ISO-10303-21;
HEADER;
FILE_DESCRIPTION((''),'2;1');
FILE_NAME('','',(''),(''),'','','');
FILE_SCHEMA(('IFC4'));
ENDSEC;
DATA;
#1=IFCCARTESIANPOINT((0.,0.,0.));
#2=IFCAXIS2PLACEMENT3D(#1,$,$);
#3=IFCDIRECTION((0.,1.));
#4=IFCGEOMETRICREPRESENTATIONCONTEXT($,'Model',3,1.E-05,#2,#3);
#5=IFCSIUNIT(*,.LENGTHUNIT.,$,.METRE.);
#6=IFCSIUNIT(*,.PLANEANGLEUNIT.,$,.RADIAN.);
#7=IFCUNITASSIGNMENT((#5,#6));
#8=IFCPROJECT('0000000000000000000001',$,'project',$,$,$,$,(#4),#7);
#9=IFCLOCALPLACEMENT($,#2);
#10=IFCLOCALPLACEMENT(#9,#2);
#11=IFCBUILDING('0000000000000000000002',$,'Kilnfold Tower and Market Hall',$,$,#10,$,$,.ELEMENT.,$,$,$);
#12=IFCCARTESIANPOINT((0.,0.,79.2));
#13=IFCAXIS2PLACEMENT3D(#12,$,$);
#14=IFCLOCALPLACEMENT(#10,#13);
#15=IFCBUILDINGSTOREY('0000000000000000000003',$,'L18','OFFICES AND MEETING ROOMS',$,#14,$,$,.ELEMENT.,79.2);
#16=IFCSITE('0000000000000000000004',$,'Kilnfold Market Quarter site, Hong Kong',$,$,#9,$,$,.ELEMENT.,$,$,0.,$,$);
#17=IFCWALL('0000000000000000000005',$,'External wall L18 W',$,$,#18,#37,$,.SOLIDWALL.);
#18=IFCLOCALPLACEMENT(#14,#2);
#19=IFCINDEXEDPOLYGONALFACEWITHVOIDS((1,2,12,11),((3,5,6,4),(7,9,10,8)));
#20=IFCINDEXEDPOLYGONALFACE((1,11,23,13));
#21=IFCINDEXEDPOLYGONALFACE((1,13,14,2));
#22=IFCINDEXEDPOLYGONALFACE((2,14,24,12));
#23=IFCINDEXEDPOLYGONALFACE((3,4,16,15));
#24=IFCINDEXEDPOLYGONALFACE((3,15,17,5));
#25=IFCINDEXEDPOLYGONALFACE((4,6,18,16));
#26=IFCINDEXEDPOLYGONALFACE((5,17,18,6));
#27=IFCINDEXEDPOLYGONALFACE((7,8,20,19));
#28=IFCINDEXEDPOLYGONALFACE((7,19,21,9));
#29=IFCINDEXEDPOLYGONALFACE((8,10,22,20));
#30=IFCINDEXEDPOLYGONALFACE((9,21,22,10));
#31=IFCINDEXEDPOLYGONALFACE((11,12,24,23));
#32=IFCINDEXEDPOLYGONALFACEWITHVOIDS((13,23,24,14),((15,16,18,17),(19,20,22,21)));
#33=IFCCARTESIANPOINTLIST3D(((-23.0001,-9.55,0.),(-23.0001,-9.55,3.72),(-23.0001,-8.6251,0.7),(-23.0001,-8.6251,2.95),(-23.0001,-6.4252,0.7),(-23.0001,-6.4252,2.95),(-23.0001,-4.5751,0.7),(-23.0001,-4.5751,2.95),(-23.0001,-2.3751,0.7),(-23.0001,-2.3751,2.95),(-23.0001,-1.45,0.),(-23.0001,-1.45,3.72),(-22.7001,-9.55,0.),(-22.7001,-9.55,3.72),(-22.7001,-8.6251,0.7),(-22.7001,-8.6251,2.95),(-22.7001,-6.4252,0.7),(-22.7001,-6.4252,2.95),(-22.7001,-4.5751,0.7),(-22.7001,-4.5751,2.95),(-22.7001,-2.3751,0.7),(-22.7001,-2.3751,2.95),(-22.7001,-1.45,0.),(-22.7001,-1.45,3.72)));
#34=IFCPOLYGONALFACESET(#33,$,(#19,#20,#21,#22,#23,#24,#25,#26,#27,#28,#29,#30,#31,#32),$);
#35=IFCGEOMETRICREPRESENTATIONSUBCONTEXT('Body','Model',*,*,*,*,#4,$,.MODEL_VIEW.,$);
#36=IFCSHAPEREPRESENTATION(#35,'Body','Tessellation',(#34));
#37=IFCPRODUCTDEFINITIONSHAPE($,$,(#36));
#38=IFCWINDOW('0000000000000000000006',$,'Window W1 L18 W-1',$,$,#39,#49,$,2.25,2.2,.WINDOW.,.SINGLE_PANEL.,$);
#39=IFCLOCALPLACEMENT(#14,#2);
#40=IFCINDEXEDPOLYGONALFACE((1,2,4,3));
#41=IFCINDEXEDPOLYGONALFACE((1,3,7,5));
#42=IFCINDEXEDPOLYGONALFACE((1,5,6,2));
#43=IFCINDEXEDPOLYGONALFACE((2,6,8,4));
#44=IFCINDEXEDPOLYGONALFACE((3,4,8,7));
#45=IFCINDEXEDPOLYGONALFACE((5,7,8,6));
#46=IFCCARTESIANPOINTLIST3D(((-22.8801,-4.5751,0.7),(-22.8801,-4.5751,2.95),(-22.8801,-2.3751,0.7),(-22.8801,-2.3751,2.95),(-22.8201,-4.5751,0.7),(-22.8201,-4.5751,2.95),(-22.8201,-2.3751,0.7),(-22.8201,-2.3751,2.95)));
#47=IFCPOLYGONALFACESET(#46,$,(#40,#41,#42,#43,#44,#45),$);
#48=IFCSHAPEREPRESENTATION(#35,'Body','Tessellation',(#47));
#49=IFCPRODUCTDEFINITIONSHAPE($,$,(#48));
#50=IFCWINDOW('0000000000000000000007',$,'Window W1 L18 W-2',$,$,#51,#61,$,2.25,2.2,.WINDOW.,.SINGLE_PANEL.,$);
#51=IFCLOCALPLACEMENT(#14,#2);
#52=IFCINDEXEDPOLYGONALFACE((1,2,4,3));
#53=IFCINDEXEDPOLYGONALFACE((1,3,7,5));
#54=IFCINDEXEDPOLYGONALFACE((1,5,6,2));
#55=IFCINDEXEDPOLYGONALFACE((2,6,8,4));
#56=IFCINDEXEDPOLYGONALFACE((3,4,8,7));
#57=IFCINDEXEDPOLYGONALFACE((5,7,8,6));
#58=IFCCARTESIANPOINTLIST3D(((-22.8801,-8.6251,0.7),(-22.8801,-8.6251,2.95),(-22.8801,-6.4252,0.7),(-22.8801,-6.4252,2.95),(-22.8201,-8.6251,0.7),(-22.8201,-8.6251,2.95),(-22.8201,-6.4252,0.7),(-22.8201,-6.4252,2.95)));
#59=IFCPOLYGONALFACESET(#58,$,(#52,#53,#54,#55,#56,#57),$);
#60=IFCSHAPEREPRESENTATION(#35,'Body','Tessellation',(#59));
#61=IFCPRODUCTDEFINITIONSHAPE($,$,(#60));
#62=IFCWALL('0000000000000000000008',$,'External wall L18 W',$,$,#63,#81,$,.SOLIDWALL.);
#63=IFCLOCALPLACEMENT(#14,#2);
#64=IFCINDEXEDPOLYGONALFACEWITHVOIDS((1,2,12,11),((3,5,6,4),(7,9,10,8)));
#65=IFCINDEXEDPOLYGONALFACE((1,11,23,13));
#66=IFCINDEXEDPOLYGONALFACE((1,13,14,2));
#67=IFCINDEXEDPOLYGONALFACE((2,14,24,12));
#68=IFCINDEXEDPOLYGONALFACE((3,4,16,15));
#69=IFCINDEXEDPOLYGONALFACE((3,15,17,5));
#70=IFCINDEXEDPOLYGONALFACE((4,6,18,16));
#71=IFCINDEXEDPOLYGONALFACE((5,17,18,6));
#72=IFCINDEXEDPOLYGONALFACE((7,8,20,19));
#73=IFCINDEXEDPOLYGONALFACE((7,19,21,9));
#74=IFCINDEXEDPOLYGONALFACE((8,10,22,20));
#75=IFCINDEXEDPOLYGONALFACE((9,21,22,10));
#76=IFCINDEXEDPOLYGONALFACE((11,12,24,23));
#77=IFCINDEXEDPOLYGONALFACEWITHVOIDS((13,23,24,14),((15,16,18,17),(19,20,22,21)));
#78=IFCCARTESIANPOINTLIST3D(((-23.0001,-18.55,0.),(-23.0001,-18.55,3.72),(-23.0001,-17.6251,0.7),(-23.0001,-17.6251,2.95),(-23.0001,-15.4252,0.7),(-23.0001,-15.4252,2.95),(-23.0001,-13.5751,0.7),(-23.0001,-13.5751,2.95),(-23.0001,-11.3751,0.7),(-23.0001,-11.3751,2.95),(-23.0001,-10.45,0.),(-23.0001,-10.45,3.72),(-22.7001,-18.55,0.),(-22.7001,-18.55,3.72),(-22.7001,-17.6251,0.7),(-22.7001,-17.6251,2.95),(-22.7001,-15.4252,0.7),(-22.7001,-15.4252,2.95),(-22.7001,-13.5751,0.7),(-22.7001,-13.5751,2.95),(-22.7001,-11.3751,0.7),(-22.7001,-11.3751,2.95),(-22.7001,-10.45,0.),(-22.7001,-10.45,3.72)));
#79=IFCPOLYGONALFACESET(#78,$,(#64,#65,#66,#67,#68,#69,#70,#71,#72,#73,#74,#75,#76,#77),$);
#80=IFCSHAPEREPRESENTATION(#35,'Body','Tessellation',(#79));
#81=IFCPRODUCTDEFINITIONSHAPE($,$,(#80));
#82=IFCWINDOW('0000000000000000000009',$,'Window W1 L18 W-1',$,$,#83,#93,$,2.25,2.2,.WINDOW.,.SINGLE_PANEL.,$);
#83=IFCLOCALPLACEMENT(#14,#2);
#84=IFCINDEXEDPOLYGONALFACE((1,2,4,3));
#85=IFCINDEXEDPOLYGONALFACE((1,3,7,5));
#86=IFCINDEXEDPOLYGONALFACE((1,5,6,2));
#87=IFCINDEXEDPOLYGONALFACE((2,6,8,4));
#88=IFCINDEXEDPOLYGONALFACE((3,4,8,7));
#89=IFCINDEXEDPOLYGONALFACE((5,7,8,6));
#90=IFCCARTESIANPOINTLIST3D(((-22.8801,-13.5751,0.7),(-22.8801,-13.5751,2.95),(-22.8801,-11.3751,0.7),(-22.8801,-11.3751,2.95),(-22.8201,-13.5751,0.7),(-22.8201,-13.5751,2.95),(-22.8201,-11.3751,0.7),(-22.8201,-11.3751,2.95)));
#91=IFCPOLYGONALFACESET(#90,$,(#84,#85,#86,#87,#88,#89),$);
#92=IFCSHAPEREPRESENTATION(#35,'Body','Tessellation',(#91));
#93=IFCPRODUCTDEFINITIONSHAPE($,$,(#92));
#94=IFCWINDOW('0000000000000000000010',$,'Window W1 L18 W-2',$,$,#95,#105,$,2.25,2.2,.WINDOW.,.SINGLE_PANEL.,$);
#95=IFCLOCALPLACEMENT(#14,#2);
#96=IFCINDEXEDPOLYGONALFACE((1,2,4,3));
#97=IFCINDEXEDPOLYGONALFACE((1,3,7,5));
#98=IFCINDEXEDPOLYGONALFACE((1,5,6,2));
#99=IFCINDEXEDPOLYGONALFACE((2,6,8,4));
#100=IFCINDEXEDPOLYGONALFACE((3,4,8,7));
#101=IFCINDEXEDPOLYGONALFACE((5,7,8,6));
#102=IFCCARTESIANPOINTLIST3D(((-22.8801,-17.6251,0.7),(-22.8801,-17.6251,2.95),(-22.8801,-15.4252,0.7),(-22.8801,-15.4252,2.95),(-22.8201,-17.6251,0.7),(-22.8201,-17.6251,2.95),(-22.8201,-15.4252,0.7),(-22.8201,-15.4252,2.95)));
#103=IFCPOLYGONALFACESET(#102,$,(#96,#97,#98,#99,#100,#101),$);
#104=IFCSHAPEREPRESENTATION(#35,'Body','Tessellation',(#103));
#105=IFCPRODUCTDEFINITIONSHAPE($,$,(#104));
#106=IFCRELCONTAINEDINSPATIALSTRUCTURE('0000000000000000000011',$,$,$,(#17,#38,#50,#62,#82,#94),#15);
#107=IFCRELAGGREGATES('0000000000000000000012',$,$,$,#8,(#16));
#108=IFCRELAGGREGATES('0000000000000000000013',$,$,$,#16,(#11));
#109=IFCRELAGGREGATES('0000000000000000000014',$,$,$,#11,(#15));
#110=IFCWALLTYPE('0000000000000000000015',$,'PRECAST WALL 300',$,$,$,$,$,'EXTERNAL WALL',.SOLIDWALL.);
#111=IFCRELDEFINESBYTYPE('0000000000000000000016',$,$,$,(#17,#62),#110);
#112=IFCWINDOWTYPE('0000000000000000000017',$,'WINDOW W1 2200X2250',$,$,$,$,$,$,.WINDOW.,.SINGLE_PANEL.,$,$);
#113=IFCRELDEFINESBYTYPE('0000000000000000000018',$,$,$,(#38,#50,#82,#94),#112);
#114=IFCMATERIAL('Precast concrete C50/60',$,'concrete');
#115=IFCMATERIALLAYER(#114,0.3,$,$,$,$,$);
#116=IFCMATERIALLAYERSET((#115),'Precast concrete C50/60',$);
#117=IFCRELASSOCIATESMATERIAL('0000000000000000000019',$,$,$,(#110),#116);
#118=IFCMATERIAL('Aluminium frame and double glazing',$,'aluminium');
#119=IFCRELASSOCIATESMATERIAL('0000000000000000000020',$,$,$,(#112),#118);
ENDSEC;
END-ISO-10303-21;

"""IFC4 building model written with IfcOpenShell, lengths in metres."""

from ifc_helpers import new_model, si_unit, direction, frame, frame_2d, origin, place, context, subcontext, project, spatial, rectangle, extrude, source, transform, mapped, material, layer, layer_set, type_object, element, fill, save


model = new_model("IFC4")

# Units and contexts
model_context = context("Model", 3, precision=1e-05, world=origin(), true_north=direction((0.0, 1.0)))
body_context = subcontext(model_context, "Body", "Model", "MODEL_VIEW")
ifc_project = project(units=[si_unit("LENGTHUNIT", "METRE"), si_unit("PLANEANGLEUNIT", "RADIAN")], contexts=[model_context])

# Site, building, storey
site_placement = place(None, origin())
site = spatial("IfcSite", under=ifc_project, at=site_placement, Name="Kilnfold Market Quarter site, Hong Kong", CompositionType="ELEMENT", RefElevation=0.0)
building_placement = place(site_placement, origin())
building = spatial("IfcBuilding", under=site, at=building_placement, Name="Kilnfold Tower and Market Hall", CompositionType="ELEMENT")
storey_placement = place(building_placement, frame((0.0, 0.0, 79.2)))
storey = spatial("IfcBuildingStorey", under=building, at=storey_placement, Name="L18", Description="OFFICES AND MEETING ROOMS", CompositionType="ELEMENT", Elevation=79.2)

# Walls, openings, windows
ifc_material_1 = material(Name="Precast concrete C50/60", Category="concrete")
ifc_layer_1 = layer(ifc_material_1, 0.3)
ifc_layer_set_1 = layer_set([ifc_layer_1], Name="Precast concrete C50/60")
wall_type_1 = type_object("IfcWallType", Name="PRECAST WALL 300", ElementType="EXTERNAL WALL", PredefinedType="SOLIDWALL", material=ifc_layer_set_1)
shared_shape_1 = source(origin(), body_context, "Body", "SweptSolid", [
    extrude(rectangle(XDim=8.1001, YDim=0.3, at=frame_2d((4.05, 0.0))), origin(), (0.0, 0.0, 1.0), 3.72),
])
wall_1_placement = place(storey_placement, frame((-22.8501, -1.45, 0.0), z_axis=(0.0, 0.0, 1.0), x_axis=(0.0, -1.0, 0.0)))
wall_1 = element("IfcWall", 1, at=wall_1_placement, inside=storey, type_object=wall_type_1, Name="External wall L18 W", PredefinedType="SOLIDWALL", context=body_context, shape_type="MappedRepresentation", body=[
    mapped(shared_shape_1, transform((0.0, 0.0, 0.0))),
])
opening_1_placement = place(wall_1_placement, frame((0.925, 0.0, 0.7)))
opening_1 = element("IfcOpeningElement", 2, at=opening_1_placement, cuts=wall_1, PredefinedType="OPENING", context=body_context, shape_type="SweptSolid", body=[
    extrude(rectangle(XDim=2.2, YDim=2.25, at=frame_2d((1.1001, 1.125))), frame((0.0, 0.1602, 0.0), z_axis=(0.0, -1.0, 0.0), x_axis=(1.0, 0.0, 0.0)), (0.0, 0.0, 1.0), 0.3201),
])
opening_2_placement = place(wall_1_placement, frame((4.9751, 0.0, 0.7)))
opening_2 = element("IfcOpeningElement", 3, at=opening_2_placement, cuts=wall_1, PredefinedType="OPENING", context=body_context, shape_type="SweptSolid", body=[
    extrude(rectangle(XDim=2.2, YDim=2.25, at=frame_2d((1.1001, 1.125))), frame((0.0, 0.1602, 0.0), z_axis=(0.0, -1.0, 0.0), x_axis=(1.0, 0.0, 0.0)), (0.0, 0.0, 1.0), 0.3201),
])
ifc_material_2 = material(Name="Aluminium frame and double glazing", Category="aluminium")
window_type = type_object("IfcWindowType", Name="WINDOW W1 2200X2250", PartitioningType="SINGLE_PANEL", PredefinedType="WINDOW", material=ifc_material_2)
window_1_placement = place(opening_1_placement, origin())
window_1 = element("IfcWindow", 4, at=window_1_placement, inside=storey, type_object=window_type, Name="Window W1 L18 W-1", OverallHeight=2.25, OverallWidth=2.2, PartitioningType="SINGLE_PANEL", PredefinedType="WINDOW", context=body_context, shape_type="SweptSolid", body=[
    extrude(rectangle(XDim=2.2, YDim=2.25, at=frame_2d((1.1001, 1.125))), frame((0.0, 0.03, 0.0), z_axis=(0.0, -1.0, 0.0), x_axis=(1.0, 0.0, 0.0)), (0.0, 0.0, 1.0), 0.0601),
])
fill(opening_1, window_1)
window_2_placement = place(opening_2_placement, origin())
window_2 = element("IfcWindow", 5, at=window_2_placement, inside=storey, type_object=window_type, Name="Window W1 L18 W-2", OverallHeight=2.25, OverallWidth=2.2, PartitioningType="SINGLE_PANEL", PredefinedType="WINDOW", context=body_context, shape_type="SweptSolid", body=[
    extrude(rectangle(XDim=2.2, YDim=2.25, at=frame_2d((1.1001, 1.125))), frame((0.0, 0.03, 0.0), z_axis=(0.0, -1.0, 0.0), x_axis=(1.0, 0.0, 0.0)), (0.0, 0.0, 1.0), 0.0601),
])
fill(opening_2, window_2)
wall_2_placement = place(storey_placement, frame((-22.8501, -10.45, 0.0), z_axis=(0.0, 0.0, 1.0), x_axis=(0.0, -1.0, 0.0)))
wall_2 = element("IfcWall", 6, at=wall_2_placement, inside=storey, type_object=wall_type_1, Name="External wall L18 W", PredefinedType="SOLIDWALL", context=body_context, shape_type="MappedRepresentation", body=[
    mapped(shared_shape_1, transform((0.0, 0.0, 0.0))),
])
opening_3_placement = place(wall_2_placement, frame((0.925, 0.0, 0.7)))
opening_3 = element("IfcOpeningElement", 7, at=opening_3_placement, cuts=wall_2, PredefinedType="OPENING", context=body_context, shape_type="SweptSolid", body=[
    extrude(rectangle(XDim=2.2, YDim=2.25, at=frame_2d((1.1001, 1.125))), frame((0.0, 0.1602, 0.0), z_axis=(0.0, -1.0, 0.0), x_axis=(1.0, 0.0, 0.0)), (0.0, 0.0, 1.0), 0.3201),
])
opening_4_placement = place(wall_2_placement, frame((4.9751, 0.0, 0.7)))
opening_4 = element("IfcOpeningElement", 8, at=opening_4_placement, cuts=wall_2, PredefinedType="OPENING", context=body_context, shape_type="SweptSolid", body=[
    extrude(rectangle(XDim=2.2, YDim=2.25, at=frame_2d((1.1001, 1.125))), frame((0.0, 0.1602, 0.0), z_axis=(0.0, -1.0, 0.0), x_axis=(1.0, 0.0, 0.0)), (0.0, 0.0, 1.0), 0.3201),
])
window_3_placement = place(opening_3_placement, origin())
window_3 = element("IfcWindow", 9, at=window_3_placement, inside=storey, type_object=window_type, Name="Window W1 L18 W-1", OverallHeight=2.25, OverallWidth=2.2, PartitioningType="SINGLE_PANEL", PredefinedType="WINDOW", context=body_context, shape_type="SweptSolid", body=[
    extrude(rectangle(XDim=2.2, YDim=2.25, at=frame_2d((1.1001, 1.125))), frame((0.0, 0.03, 0.0), z_axis=(0.0, -1.0, 0.0), x_axis=(1.0, 0.0, 0.0)), (0.0, 0.0, 1.0), 0.0601),
])
fill(opening_3, window_3)
window_4_placement = place(opening_4_placement, origin())
window_4 = element("IfcWindow", 10, at=window_4_placement, inside=storey, type_object=window_type, Name="Window W1 L18 W-2", OverallHeight=2.25, OverallWidth=2.2, PartitioningType="SINGLE_PANEL", PredefinedType="WINDOW", context=body_context, shape_type="SweptSolid", body=[
    extrude(rectangle(XDim=2.2, YDim=2.25, at=frame_2d((1.1001, 1.125))), frame((0.0, 0.03, 0.0), z_axis=(0.0, -1.0, 0.0), x_axis=(1.0, 0.0, 0.0)), (0.0, 0.0, 1.0), 0.0601),
])
fill(opening_4, window_4)

save(model, "model.ifc")
